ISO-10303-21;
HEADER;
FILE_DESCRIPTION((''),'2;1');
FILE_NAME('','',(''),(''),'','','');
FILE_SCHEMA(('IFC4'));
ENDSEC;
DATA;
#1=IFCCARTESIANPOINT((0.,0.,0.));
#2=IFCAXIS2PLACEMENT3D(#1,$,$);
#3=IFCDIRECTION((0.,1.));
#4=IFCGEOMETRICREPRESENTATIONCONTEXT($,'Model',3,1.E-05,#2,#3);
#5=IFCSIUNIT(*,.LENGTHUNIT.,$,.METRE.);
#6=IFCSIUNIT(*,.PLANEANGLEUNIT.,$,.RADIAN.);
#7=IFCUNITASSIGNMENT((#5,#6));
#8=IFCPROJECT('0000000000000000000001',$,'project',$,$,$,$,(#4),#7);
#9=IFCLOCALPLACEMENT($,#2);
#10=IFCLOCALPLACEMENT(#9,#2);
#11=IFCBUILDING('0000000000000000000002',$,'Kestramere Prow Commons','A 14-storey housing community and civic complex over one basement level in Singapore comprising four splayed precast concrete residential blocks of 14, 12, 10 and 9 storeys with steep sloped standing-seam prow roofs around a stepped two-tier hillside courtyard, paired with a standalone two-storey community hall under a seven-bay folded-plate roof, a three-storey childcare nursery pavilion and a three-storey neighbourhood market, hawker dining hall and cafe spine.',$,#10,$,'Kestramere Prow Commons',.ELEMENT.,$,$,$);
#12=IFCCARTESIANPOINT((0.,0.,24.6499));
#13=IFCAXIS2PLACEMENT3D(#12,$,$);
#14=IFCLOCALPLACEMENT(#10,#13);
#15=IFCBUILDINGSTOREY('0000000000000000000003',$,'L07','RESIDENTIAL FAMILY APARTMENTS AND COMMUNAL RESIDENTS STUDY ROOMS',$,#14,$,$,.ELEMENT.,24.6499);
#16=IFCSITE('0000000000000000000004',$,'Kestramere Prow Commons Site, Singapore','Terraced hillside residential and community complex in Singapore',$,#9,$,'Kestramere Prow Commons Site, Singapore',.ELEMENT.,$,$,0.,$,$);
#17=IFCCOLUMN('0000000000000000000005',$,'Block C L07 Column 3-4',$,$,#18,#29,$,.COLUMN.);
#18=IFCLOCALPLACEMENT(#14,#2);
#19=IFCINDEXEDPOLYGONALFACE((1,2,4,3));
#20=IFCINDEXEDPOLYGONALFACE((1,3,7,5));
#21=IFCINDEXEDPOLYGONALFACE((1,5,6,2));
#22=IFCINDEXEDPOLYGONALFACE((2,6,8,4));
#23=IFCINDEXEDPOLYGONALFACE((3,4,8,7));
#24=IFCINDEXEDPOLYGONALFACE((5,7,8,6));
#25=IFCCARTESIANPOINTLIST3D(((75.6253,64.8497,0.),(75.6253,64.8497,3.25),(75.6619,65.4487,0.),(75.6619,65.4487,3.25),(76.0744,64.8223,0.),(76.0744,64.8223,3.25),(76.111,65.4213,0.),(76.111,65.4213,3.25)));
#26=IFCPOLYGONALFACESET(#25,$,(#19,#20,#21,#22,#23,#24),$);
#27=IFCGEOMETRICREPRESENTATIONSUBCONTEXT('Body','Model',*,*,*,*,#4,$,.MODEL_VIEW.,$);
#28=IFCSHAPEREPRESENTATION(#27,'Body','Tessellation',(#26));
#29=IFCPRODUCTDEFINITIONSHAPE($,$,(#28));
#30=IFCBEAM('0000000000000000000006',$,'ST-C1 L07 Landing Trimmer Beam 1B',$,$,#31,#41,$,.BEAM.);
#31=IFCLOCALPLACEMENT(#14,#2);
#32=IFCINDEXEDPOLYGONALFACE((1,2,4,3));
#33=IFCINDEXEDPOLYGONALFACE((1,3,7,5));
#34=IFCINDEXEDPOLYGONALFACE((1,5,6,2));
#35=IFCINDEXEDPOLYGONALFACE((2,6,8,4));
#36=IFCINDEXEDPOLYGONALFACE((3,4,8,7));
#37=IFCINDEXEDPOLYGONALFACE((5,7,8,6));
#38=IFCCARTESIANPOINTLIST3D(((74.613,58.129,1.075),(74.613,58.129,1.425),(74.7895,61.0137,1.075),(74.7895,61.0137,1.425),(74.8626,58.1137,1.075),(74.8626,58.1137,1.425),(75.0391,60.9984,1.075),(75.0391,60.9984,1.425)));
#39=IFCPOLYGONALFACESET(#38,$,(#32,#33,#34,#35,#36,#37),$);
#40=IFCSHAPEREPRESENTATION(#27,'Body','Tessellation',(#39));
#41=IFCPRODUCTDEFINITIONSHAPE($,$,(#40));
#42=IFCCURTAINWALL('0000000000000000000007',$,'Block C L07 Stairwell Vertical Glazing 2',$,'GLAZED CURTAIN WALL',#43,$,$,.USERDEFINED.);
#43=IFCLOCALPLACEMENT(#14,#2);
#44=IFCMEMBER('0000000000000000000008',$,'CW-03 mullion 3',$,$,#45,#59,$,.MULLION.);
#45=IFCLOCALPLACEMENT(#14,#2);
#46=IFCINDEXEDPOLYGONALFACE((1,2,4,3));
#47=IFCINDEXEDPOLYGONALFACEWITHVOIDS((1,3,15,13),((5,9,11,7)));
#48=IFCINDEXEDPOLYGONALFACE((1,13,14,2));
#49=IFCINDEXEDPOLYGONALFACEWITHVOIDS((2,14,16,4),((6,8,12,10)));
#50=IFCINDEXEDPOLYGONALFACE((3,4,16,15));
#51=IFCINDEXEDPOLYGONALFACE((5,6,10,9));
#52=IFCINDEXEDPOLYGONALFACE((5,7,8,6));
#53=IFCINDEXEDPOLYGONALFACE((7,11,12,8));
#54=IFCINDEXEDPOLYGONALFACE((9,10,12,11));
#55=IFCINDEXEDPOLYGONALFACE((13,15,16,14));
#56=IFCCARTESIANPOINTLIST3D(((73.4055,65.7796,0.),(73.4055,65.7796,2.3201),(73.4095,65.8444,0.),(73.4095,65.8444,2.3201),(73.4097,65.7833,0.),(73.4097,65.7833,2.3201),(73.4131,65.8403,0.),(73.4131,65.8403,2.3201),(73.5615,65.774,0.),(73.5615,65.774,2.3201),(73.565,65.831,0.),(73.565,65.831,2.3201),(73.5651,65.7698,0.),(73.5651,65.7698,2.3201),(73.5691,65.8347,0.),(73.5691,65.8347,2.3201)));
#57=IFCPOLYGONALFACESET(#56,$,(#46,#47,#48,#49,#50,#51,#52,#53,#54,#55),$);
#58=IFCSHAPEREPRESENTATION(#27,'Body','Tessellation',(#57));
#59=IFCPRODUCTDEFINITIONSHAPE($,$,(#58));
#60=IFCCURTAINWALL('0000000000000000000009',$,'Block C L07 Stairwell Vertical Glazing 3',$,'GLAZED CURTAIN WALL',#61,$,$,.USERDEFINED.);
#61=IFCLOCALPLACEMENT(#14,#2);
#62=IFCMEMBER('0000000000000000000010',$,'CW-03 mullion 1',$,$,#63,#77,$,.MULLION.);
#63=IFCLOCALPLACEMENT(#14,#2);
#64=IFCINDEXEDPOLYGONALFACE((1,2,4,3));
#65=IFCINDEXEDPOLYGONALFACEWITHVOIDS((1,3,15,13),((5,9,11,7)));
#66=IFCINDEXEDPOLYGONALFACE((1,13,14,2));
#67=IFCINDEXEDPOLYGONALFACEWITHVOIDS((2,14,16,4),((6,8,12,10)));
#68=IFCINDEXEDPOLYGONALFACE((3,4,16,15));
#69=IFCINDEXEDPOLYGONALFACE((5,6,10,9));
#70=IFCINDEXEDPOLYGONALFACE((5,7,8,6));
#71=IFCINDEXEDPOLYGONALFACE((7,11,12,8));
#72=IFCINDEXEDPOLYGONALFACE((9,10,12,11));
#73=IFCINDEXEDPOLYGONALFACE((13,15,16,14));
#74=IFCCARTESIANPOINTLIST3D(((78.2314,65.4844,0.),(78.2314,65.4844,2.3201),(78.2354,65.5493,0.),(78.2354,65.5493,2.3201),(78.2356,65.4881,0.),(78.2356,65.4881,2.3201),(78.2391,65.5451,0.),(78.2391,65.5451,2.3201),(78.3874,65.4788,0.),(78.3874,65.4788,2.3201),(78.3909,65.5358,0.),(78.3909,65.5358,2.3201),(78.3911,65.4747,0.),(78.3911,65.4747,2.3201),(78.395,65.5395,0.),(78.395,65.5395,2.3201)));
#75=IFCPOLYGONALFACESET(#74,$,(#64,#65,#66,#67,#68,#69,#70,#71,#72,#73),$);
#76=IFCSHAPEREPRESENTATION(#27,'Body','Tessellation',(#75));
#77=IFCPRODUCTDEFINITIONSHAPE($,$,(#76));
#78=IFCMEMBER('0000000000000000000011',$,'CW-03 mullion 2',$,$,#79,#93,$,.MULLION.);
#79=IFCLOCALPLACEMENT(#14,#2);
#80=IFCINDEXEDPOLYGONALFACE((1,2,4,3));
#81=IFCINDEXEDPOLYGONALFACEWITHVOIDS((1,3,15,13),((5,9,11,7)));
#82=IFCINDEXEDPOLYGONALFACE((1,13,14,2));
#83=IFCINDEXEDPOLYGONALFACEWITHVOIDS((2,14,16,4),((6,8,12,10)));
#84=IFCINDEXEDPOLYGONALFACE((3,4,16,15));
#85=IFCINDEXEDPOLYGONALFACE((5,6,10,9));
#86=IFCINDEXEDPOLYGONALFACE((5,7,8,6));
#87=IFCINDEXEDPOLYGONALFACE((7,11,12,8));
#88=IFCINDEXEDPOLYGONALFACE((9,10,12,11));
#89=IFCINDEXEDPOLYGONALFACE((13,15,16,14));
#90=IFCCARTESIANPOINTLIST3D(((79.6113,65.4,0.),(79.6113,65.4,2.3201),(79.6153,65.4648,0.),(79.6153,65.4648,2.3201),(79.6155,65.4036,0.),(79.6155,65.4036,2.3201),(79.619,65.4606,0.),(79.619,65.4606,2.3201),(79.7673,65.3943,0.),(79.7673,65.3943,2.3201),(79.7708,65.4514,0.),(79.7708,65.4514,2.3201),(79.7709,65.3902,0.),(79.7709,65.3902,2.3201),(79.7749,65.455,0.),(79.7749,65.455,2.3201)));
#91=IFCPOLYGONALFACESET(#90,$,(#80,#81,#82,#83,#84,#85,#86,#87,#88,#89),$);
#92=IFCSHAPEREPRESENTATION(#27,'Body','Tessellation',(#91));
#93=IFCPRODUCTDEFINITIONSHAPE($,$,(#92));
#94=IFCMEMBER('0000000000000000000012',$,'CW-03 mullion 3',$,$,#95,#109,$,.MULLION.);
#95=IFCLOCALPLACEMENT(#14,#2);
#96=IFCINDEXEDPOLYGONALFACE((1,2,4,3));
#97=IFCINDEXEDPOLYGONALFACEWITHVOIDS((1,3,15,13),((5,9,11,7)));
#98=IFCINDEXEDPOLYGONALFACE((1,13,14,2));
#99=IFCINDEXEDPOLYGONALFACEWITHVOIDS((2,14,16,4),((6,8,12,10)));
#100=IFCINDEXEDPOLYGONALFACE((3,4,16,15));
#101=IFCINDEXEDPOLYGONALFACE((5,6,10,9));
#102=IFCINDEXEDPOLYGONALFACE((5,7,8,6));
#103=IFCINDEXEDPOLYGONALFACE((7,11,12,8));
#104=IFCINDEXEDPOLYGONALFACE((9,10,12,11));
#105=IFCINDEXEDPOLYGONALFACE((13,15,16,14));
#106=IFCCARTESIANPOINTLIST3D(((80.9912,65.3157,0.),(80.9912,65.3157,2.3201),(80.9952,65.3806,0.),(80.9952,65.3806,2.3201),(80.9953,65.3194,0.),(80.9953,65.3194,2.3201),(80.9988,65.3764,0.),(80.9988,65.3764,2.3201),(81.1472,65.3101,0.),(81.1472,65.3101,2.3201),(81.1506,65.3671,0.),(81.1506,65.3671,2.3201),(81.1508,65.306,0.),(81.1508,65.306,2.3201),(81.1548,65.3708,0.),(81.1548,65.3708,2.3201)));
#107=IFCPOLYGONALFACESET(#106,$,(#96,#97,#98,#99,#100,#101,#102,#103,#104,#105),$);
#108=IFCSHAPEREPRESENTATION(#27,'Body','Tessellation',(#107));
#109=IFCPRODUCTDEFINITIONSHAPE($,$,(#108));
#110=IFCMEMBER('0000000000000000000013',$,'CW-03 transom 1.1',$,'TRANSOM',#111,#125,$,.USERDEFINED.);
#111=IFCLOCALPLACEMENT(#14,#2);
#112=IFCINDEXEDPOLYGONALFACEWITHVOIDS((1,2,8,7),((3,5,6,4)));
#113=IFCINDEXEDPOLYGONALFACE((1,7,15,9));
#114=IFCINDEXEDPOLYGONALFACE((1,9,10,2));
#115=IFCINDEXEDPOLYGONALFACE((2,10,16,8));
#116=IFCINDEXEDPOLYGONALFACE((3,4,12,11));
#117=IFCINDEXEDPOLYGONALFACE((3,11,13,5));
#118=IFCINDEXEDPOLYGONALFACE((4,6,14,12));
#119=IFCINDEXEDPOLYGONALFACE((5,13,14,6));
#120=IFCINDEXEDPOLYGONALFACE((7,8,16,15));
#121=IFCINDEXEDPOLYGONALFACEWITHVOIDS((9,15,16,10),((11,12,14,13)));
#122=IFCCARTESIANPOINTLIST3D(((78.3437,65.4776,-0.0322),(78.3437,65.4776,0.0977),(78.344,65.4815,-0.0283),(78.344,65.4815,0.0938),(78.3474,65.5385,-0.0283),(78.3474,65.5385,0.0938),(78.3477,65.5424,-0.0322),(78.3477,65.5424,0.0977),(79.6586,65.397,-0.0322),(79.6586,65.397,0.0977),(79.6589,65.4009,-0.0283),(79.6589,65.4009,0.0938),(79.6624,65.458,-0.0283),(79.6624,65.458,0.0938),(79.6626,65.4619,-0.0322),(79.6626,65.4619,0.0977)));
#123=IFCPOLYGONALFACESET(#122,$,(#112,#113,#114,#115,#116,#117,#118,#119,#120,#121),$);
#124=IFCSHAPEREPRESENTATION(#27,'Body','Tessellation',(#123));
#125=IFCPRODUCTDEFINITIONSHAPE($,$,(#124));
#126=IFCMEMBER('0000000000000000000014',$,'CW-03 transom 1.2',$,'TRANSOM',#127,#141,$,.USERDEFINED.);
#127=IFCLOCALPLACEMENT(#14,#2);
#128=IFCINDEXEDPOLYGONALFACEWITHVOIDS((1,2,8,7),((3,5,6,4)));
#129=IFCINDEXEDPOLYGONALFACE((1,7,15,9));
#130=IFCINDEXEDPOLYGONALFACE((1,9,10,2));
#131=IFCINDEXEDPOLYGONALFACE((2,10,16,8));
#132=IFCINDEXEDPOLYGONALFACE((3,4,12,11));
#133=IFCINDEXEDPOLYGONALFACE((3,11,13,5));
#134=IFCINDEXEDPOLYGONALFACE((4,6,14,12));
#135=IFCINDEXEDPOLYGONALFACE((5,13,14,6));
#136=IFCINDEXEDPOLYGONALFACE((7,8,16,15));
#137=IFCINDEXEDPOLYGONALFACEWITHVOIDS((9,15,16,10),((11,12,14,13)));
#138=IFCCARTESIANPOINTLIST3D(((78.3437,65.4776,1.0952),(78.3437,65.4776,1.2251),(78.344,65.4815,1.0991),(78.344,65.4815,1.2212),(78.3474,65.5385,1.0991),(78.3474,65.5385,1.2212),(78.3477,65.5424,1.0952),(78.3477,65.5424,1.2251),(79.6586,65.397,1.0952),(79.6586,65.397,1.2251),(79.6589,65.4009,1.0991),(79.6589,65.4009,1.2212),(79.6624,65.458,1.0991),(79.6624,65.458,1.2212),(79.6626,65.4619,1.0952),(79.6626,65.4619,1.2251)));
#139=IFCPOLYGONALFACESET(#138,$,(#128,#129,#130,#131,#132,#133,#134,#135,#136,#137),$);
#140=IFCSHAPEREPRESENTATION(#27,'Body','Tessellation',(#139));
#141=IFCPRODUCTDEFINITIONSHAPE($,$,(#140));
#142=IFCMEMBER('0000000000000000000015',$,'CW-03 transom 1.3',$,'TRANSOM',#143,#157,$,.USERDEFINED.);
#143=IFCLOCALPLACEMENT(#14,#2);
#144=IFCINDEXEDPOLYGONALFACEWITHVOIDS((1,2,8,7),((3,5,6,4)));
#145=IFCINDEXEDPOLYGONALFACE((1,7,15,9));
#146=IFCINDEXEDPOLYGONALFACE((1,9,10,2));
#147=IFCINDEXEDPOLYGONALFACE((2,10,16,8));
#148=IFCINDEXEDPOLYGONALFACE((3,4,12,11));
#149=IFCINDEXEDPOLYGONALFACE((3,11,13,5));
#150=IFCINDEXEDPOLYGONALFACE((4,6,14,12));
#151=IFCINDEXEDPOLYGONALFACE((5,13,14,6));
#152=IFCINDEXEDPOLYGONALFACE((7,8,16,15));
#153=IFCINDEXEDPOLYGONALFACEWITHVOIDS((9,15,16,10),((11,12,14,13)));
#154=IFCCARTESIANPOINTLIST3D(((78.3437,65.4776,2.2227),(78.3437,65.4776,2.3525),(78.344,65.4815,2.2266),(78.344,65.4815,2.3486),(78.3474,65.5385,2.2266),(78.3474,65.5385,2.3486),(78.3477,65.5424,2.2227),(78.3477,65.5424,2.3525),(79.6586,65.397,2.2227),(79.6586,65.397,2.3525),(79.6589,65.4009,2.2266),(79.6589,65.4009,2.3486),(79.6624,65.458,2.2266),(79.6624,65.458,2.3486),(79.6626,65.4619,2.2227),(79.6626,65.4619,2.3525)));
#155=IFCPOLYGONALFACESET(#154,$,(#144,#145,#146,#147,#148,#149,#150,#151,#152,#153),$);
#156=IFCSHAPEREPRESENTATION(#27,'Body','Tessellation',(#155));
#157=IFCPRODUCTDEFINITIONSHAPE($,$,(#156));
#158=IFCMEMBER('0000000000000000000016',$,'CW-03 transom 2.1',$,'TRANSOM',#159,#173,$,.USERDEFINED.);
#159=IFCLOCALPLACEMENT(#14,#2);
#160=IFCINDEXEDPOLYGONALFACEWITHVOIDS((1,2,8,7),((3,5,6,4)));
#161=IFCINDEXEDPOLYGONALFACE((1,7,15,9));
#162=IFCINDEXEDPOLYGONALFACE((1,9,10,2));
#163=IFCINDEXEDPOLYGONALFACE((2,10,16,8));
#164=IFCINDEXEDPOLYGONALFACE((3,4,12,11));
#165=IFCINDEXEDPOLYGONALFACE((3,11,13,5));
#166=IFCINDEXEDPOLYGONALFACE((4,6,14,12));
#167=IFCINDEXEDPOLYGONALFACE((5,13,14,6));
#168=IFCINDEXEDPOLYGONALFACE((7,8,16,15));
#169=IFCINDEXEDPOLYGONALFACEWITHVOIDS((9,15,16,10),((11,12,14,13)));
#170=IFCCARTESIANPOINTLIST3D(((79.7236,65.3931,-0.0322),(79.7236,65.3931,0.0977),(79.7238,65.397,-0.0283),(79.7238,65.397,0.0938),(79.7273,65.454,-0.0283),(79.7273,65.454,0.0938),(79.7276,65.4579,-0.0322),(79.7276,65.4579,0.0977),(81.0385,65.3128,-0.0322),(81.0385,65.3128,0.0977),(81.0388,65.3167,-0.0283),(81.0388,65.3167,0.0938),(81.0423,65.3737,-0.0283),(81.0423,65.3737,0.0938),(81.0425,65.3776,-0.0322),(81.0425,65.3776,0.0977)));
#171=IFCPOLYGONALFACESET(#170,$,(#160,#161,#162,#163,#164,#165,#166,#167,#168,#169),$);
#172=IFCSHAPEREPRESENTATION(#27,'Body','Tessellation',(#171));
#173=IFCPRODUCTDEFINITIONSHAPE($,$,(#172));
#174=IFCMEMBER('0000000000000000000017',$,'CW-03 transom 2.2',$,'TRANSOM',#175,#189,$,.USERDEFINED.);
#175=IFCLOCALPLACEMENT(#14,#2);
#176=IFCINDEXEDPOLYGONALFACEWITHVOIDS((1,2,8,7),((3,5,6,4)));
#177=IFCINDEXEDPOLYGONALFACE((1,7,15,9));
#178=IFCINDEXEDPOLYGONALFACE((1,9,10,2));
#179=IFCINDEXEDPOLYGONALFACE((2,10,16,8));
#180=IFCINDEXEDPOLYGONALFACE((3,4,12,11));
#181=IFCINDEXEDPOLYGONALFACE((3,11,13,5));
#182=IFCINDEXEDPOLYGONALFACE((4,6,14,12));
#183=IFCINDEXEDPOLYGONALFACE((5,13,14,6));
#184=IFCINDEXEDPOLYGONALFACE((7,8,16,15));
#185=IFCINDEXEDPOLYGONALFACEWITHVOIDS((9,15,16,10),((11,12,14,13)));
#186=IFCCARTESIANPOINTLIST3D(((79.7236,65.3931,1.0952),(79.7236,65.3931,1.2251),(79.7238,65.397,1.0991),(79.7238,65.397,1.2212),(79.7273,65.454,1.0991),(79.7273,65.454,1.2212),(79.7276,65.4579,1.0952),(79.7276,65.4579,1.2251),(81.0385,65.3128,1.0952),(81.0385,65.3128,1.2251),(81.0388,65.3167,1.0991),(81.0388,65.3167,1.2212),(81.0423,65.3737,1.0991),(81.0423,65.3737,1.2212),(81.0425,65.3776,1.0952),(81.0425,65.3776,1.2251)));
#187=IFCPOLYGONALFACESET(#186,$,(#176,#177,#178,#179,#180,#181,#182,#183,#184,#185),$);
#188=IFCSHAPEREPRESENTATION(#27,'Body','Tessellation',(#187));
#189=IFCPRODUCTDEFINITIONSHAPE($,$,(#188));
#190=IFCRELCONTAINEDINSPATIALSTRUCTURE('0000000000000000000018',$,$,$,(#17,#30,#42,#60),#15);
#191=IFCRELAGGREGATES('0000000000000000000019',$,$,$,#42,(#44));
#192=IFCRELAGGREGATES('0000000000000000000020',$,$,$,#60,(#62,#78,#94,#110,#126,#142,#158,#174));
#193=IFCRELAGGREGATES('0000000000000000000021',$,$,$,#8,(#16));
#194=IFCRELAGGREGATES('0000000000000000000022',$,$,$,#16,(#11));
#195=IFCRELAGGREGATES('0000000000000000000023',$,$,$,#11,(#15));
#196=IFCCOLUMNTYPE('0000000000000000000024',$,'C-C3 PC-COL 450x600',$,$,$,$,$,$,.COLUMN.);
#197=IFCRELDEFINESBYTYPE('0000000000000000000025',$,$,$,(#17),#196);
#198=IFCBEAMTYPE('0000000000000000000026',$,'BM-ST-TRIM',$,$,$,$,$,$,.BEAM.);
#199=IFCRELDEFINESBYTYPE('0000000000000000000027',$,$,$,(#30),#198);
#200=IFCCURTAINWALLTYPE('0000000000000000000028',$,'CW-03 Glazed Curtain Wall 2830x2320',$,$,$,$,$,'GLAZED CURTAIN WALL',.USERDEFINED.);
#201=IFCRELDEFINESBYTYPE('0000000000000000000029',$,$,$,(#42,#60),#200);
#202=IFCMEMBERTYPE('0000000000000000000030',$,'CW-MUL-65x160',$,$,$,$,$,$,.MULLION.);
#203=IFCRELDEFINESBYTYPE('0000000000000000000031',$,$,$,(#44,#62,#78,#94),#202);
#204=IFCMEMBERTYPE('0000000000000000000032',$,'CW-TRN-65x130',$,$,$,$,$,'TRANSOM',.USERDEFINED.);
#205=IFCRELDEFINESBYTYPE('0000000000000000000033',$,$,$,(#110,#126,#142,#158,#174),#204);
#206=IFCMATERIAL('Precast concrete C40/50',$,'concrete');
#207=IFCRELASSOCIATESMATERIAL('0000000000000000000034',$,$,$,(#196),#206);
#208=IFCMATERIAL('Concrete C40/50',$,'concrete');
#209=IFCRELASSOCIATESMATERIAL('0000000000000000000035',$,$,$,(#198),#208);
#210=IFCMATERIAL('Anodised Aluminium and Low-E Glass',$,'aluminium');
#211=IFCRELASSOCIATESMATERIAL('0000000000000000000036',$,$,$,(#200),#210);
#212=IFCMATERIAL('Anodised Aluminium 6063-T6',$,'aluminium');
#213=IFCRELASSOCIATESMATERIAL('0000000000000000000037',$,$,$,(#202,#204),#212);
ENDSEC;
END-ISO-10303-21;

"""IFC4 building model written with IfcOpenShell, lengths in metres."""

from ifc_helpers import new_model, si_unit, direction, frame, origin, origin_2d, place, context, subcontext, project, spatial, rectangle, hollow_rectangle, extrude, material, material_profile, profile_set, type_object, element, aggregate, save


model = new_model("IFC4")

# Units and contexts
model_context = context("Model", 3, precision=1e-05, world=origin(), true_north=direction((0.0, 1.0)))
body_context = subcontext(model_context, "Body", "Model", "MODEL_VIEW")
ifc_project = project(units=[si_unit("LENGTHUNIT", "METRE"), si_unit("PLANEANGLEUNIT", "RADIAN")], contexts=[model_context])

# Site, building, storey
site_placement = place(None, origin())
site = spatial("IfcSite", under=ifc_project, at=site_placement, Name="Kestramere Prow Commons Site, Singapore", Description="Terraced hillside residential and community complex in Singapore", LongName="Kestramere Prow Commons Site, Singapore", CompositionType="ELEMENT", RefElevation=0.0)
building_placement = place(site_placement, origin())
building = spatial("IfcBuilding", under=site, at=building_placement, Name="Kestramere Prow Commons", Description="A 14-storey housing community and civic complex over one basement level in Singapore comprising four splayed precast concrete residential blocks of 14, 12, 10 and 9 storeys with steep sloped standing-seam prow roofs around a stepped two-tier hillside courtyard, paired with a standalone two-storey community hall under a seven-bay folded-plate roof, a three-storey childcare nursery pavilion and a three-storey neighbourhood market, hawker dining hall and cafe spine.", LongName="Kestramere Prow Commons", CompositionType="ELEMENT")
storey_placement = place(building_placement, frame((0.0, 0.0, 24.6499)))
storey = spatial("IfcBuildingStorey", under=building, at=storey_placement, Name="L07", Description="RESIDENTIAL FAMILY APARTMENTS AND COMMUNAL RESIDENTS STUDY ROOMS", CompositionType="ELEMENT", Elevation=24.6499)

# Column
ifc_material_1 = material(Name="Precast concrete C40/50", Category="concrete")
ifc_material_profile_1 = material_profile(ifc_material_1, rectangle(XDim=0.45, YDim=0.6001, at=origin_2d()), Name="PC-COL 450x600")
ifc_profile_set_1 = profile_set([ifc_material_profile_1], Name="Precast concrete C40/50")
column_type = type_object("IfcColumnType", Name="C-C3 PC-COL 450x600", PredefinedType="COLUMN", material=ifc_profile_set_1)
column_placement = place(storey_placement, frame((75.8682, 65.1355, 0.0), z_axis=(0.0, 0.0, 1.0), x_axis=(0.998135, -0.061049, 0.0)))
element("IfcColumn", 1, at=column_placement, inside=storey, type_object=column_type, Name="Block C L07 Column 3-4", PredefinedType="COLUMN", context=body_context, shape_type="SweptSolid", body=[
    extrude(rectangle(XDim=0.45, YDim=0.6001, at=origin_2d()), origin(), (0.0, 0.0, 1.0), 3.25),
])

# Beam
ifc_material_2 = material(Name="Concrete C40/50", Category="concrete")
ifc_material_profile_2 = material_profile(ifc_material_2, rectangle(XDim=0.25, YDim=0.3501, at=origin_2d()), Name="PC-BM 250x350")
ifc_profile_set_2 = profile_set([ifc_material_profile_2], Name="Concrete C40/50")
beam_type_1 = type_object("IfcBeamType", Name="BM-ST-TRIM", PredefinedType="BEAM", material=ifc_profile_set_2)
beam_1_placement = place(storey_placement, frame((74.7378, 58.1213, 1.25), z_axis=(0.061074, 0.998133, 0.0), x_axis=(-0.998133, 0.061074, 0.0)))
element("IfcBeam", 2, at=beam_1_placement, inside=storey, type_object=beam_type_1, Name="ST-C1 L07 Landing Trimmer Beam 1B", PredefinedType="BEAM", context=body_context, shape_type="SweptSolid", body=[
    extrude(rectangle(XDim=0.25, YDim=0.3501, at=origin_2d()), origin(), (0.0, 0.0, 1.0), 2.8901),
])

# Curtain wall, member
ifc_material_3 = material(Name="Anodised Aluminium and Low-E Glass", Category="aluminium")
curtain_wall_type = type_object("IfcCurtainWallType", Name="CW-03 Glazed Curtain Wall 2830x2320", ElementType="GLAZED CURTAIN WALL", PredefinedType="USERDEFINED", material=ifc_material_3)
curtain_wall_1_placement = place(storey_placement, origin())
curtain_wall_1 = element("IfcCurtainWall", 3, at=curtain_wall_1_placement, inside=storey, type_object=curtain_wall_type, Name="Block C L07 Stairwell Vertical Glazing 2", ObjectType="GLAZED CURTAIN WALL", PredefinedType="USERDEFINED")
ifc_material_4 = material(Name="Anodised Aluminium 6063-T6", Category="aluminium")
ifc_material_profile_3 = material_profile(ifc_material_4, hollow_rectangle(XDim=0.0649, YDim=0.1599, WallThickness=0.0039, at=origin_2d()), Name="ALU-MUL 65x160")
ifc_profile_set_3 = profile_set([ifc_material_profile_3], Name="Anodised Aluminium 6063-T6")
member_type_1 = type_object("IfcMemberType", Name="CW-MUL-65x160", PredefinedType="MULLION", material=ifc_profile_set_3)
member_1_placement = place(storey_placement, frame((73.4873, 65.8071, 0.0), z_axis=(0.0, 0.0, 1.0), x_axis=(0.061048, 0.998135, 0.0)))
member_1 = element("IfcMember", 4, at=member_1_placement, type_object=member_type_1, Name="CW-03 mullion 3", PredefinedType="MULLION", context=body_context, shape_type="SweptSolid", body=[
    extrude(hollow_rectangle(XDim=0.0649, YDim=0.1599, WallThickness=0.0039, at=origin_2d()), origin(), (0.0, 0.0, 1.0), 2.3201),
])
aggregate(curtain_wall_1, [member_1])

# Curtain wall, members
curtain_wall_2_placement = place(storey_placement, origin())
curtain_wall_2 = element("IfcCurtainWall", 5, at=curtain_wall_2_placement, inside=storey, type_object=curtain_wall_type, Name="Block C L07 Stairwell Vertical Glazing 3", ObjectType="GLAZED CURTAIN WALL", PredefinedType="USERDEFINED")
member_2_placement = place(storey_placement, frame((78.3132, 65.512, 0.0), z_axis=(0.0, 0.0, 1.0), x_axis=(0.061048, 0.998135, 0.0)))
member_2 = element("IfcMember", 6, at=member_2_placement, type_object=member_type_1, Name="CW-03 mullion 1", PredefinedType="MULLION", context=body_context, shape_type="SweptSolid", body=[
    extrude(hollow_rectangle(XDim=0.0649, YDim=0.1599, WallThickness=0.0039, at=origin_2d()), origin(), (0.0, 0.0, 1.0), 2.3201),
])
member_3_placement = place(storey_placement, frame((79.6931, 65.4275, 0.0), z_axis=(0.0, 0.0, 1.0), x_axis=(0.061048, 0.998135, 0.0)))
member_3 = element("IfcMember", 7, at=member_3_placement, type_object=member_type_1, Name="CW-03 mullion 2", PredefinedType="MULLION", context=body_context, shape_type="SweptSolid", body=[
    extrude(hollow_rectangle(XDim=0.0649, YDim=0.1599, WallThickness=0.0039, at=origin_2d()), origin(), (0.0, 0.0, 1.0), 2.3201),
])
member_4_placement = place(storey_placement, frame((81.073, 65.3433, 0.0), z_axis=(0.0, 0.0, 1.0), x_axis=(0.061048, 0.998135, 0.0)))
member_4 = element("IfcMember", 8, at=member_4_placement, type_object=member_type_1, Name="CW-03 mullion 3", PredefinedType="MULLION", context=body_context, shape_type="SweptSolid", body=[
    extrude(hollow_rectangle(XDim=0.0649, YDim=0.1599, WallThickness=0.0039, at=origin_2d()), origin(), (0.0, 0.0, 1.0), 2.3201),
])
ifc_material_profile_4 = material_profile(ifc_material_4, hollow_rectangle(XDim=0.0649, YDim=0.1299, WallThickness=0.0039, at=origin_2d()), Name="ALU-TRN 65x130")
ifc_profile_set_4 = profile_set([ifc_material_profile_4], Name="Anodised Aluminium 6063-T6")
member_type_2 = type_object("IfcMemberType", Name="CW-TRN-65x130", ElementType="TRANSOM", PredefinedType="USERDEFINED", material=ifc_profile_set_4)
member_5_placement = place(storey_placement, frame((78.3457, 65.51, 0.0327), z_axis=(0.998128, -0.061155, 0.0), x_axis=(0.061155, 0.998128, 0.0)))
member_5 = element("IfcMember", 9, at=member_5_placement, type_object=member_type_2, Name="CW-03 transom 1.1", ObjectType="TRANSOM", PredefinedType="USERDEFINED", context=body_context, shape_type="SweptSolid", body=[
    extrude(hollow_rectangle(XDim=0.0649, YDim=0.1299, WallThickness=0.0039, at=origin_2d()), origin(), (0.0, 0.0, 1.0), 1.3174),
])
member_6_placement = place(storey_placement, frame((78.3457, 65.51, 1.1602), z_axis=(0.998128, -0.061155, 0.0), x_axis=(0.061155, 0.998128, 0.0)))
member_6 = element("IfcMember", 10, at=member_6_placement, type_object=member_type_2, Name="CW-03 transom 1.2", ObjectType="TRANSOM", PredefinedType="USERDEFINED", context=body_context, shape_type="SweptSolid", body=[
    extrude(hollow_rectangle(XDim=0.0649, YDim=0.1299, WallThickness=0.0039, at=origin_2d()), origin(), (0.0, 0.0, 1.0), 1.3174),
])
member_7_placement = place(storey_placement, frame((78.3457, 65.51, 2.2876), z_axis=(0.998128, -0.061155, 0.0), x_axis=(0.061155, 0.998128, 0.0)))
member_7 = element("IfcMember", 11, at=member_7_placement, type_object=member_type_2, Name="CW-03 transom 1.3", ObjectType="TRANSOM", PredefinedType="USERDEFINED", context=body_context, shape_type="SweptSolid", body=[
    extrude(hollow_rectangle(XDim=0.0649, YDim=0.1299, WallThickness=0.0039, at=origin_2d()), origin(), (0.0, 0.0, 1.0), 1.3174),
])
member_8_placement = place(storey_placement, frame((79.7256, 65.4255, 0.0327), z_axis=(0.99814, -0.060971, 0.0), x_axis=(0.060971, 0.99814, 0.0)))
member_8 = element("IfcMember", 12, at=member_8_placement, type_object=member_type_2, Name="CW-03 transom 2.1", ObjectType="TRANSOM", PredefinedType="USERDEFINED", context=body_context, shape_type="SweptSolid", body=[
    extrude(hollow_rectangle(XDim=0.0649, YDim=0.1299, WallThickness=0.0039, at=origin_2d()), origin(), (0.0, 0.0, 1.0), 1.3174),
])
member_9_placement = place(storey_placement, frame((79.7256, 65.4255, 1.1602), z_axis=(0.99814, -0.060971, 0.0), x_axis=(0.060971, 0.99814, 0.0)))
member_9 = element("IfcMember", 13, at=member_9_placement, type_object=member_type_2, Name="CW-03 transom 2.2", ObjectType="TRANSOM", PredefinedType="USERDEFINED", context=body_context, shape_type="SweptSolid", body=[
    extrude(hollow_rectangle(XDim=0.0649, YDim=0.1299, WallThickness=0.0039, at=origin_2d()), origin(), (0.0, 0.0, 1.0), 1.3174),
])

aggregate(curtain_wall_2, [member_2, member_3, member_4, member_5, member_6, member_7, member_8, member_9])

save(model, "model.ifc")
